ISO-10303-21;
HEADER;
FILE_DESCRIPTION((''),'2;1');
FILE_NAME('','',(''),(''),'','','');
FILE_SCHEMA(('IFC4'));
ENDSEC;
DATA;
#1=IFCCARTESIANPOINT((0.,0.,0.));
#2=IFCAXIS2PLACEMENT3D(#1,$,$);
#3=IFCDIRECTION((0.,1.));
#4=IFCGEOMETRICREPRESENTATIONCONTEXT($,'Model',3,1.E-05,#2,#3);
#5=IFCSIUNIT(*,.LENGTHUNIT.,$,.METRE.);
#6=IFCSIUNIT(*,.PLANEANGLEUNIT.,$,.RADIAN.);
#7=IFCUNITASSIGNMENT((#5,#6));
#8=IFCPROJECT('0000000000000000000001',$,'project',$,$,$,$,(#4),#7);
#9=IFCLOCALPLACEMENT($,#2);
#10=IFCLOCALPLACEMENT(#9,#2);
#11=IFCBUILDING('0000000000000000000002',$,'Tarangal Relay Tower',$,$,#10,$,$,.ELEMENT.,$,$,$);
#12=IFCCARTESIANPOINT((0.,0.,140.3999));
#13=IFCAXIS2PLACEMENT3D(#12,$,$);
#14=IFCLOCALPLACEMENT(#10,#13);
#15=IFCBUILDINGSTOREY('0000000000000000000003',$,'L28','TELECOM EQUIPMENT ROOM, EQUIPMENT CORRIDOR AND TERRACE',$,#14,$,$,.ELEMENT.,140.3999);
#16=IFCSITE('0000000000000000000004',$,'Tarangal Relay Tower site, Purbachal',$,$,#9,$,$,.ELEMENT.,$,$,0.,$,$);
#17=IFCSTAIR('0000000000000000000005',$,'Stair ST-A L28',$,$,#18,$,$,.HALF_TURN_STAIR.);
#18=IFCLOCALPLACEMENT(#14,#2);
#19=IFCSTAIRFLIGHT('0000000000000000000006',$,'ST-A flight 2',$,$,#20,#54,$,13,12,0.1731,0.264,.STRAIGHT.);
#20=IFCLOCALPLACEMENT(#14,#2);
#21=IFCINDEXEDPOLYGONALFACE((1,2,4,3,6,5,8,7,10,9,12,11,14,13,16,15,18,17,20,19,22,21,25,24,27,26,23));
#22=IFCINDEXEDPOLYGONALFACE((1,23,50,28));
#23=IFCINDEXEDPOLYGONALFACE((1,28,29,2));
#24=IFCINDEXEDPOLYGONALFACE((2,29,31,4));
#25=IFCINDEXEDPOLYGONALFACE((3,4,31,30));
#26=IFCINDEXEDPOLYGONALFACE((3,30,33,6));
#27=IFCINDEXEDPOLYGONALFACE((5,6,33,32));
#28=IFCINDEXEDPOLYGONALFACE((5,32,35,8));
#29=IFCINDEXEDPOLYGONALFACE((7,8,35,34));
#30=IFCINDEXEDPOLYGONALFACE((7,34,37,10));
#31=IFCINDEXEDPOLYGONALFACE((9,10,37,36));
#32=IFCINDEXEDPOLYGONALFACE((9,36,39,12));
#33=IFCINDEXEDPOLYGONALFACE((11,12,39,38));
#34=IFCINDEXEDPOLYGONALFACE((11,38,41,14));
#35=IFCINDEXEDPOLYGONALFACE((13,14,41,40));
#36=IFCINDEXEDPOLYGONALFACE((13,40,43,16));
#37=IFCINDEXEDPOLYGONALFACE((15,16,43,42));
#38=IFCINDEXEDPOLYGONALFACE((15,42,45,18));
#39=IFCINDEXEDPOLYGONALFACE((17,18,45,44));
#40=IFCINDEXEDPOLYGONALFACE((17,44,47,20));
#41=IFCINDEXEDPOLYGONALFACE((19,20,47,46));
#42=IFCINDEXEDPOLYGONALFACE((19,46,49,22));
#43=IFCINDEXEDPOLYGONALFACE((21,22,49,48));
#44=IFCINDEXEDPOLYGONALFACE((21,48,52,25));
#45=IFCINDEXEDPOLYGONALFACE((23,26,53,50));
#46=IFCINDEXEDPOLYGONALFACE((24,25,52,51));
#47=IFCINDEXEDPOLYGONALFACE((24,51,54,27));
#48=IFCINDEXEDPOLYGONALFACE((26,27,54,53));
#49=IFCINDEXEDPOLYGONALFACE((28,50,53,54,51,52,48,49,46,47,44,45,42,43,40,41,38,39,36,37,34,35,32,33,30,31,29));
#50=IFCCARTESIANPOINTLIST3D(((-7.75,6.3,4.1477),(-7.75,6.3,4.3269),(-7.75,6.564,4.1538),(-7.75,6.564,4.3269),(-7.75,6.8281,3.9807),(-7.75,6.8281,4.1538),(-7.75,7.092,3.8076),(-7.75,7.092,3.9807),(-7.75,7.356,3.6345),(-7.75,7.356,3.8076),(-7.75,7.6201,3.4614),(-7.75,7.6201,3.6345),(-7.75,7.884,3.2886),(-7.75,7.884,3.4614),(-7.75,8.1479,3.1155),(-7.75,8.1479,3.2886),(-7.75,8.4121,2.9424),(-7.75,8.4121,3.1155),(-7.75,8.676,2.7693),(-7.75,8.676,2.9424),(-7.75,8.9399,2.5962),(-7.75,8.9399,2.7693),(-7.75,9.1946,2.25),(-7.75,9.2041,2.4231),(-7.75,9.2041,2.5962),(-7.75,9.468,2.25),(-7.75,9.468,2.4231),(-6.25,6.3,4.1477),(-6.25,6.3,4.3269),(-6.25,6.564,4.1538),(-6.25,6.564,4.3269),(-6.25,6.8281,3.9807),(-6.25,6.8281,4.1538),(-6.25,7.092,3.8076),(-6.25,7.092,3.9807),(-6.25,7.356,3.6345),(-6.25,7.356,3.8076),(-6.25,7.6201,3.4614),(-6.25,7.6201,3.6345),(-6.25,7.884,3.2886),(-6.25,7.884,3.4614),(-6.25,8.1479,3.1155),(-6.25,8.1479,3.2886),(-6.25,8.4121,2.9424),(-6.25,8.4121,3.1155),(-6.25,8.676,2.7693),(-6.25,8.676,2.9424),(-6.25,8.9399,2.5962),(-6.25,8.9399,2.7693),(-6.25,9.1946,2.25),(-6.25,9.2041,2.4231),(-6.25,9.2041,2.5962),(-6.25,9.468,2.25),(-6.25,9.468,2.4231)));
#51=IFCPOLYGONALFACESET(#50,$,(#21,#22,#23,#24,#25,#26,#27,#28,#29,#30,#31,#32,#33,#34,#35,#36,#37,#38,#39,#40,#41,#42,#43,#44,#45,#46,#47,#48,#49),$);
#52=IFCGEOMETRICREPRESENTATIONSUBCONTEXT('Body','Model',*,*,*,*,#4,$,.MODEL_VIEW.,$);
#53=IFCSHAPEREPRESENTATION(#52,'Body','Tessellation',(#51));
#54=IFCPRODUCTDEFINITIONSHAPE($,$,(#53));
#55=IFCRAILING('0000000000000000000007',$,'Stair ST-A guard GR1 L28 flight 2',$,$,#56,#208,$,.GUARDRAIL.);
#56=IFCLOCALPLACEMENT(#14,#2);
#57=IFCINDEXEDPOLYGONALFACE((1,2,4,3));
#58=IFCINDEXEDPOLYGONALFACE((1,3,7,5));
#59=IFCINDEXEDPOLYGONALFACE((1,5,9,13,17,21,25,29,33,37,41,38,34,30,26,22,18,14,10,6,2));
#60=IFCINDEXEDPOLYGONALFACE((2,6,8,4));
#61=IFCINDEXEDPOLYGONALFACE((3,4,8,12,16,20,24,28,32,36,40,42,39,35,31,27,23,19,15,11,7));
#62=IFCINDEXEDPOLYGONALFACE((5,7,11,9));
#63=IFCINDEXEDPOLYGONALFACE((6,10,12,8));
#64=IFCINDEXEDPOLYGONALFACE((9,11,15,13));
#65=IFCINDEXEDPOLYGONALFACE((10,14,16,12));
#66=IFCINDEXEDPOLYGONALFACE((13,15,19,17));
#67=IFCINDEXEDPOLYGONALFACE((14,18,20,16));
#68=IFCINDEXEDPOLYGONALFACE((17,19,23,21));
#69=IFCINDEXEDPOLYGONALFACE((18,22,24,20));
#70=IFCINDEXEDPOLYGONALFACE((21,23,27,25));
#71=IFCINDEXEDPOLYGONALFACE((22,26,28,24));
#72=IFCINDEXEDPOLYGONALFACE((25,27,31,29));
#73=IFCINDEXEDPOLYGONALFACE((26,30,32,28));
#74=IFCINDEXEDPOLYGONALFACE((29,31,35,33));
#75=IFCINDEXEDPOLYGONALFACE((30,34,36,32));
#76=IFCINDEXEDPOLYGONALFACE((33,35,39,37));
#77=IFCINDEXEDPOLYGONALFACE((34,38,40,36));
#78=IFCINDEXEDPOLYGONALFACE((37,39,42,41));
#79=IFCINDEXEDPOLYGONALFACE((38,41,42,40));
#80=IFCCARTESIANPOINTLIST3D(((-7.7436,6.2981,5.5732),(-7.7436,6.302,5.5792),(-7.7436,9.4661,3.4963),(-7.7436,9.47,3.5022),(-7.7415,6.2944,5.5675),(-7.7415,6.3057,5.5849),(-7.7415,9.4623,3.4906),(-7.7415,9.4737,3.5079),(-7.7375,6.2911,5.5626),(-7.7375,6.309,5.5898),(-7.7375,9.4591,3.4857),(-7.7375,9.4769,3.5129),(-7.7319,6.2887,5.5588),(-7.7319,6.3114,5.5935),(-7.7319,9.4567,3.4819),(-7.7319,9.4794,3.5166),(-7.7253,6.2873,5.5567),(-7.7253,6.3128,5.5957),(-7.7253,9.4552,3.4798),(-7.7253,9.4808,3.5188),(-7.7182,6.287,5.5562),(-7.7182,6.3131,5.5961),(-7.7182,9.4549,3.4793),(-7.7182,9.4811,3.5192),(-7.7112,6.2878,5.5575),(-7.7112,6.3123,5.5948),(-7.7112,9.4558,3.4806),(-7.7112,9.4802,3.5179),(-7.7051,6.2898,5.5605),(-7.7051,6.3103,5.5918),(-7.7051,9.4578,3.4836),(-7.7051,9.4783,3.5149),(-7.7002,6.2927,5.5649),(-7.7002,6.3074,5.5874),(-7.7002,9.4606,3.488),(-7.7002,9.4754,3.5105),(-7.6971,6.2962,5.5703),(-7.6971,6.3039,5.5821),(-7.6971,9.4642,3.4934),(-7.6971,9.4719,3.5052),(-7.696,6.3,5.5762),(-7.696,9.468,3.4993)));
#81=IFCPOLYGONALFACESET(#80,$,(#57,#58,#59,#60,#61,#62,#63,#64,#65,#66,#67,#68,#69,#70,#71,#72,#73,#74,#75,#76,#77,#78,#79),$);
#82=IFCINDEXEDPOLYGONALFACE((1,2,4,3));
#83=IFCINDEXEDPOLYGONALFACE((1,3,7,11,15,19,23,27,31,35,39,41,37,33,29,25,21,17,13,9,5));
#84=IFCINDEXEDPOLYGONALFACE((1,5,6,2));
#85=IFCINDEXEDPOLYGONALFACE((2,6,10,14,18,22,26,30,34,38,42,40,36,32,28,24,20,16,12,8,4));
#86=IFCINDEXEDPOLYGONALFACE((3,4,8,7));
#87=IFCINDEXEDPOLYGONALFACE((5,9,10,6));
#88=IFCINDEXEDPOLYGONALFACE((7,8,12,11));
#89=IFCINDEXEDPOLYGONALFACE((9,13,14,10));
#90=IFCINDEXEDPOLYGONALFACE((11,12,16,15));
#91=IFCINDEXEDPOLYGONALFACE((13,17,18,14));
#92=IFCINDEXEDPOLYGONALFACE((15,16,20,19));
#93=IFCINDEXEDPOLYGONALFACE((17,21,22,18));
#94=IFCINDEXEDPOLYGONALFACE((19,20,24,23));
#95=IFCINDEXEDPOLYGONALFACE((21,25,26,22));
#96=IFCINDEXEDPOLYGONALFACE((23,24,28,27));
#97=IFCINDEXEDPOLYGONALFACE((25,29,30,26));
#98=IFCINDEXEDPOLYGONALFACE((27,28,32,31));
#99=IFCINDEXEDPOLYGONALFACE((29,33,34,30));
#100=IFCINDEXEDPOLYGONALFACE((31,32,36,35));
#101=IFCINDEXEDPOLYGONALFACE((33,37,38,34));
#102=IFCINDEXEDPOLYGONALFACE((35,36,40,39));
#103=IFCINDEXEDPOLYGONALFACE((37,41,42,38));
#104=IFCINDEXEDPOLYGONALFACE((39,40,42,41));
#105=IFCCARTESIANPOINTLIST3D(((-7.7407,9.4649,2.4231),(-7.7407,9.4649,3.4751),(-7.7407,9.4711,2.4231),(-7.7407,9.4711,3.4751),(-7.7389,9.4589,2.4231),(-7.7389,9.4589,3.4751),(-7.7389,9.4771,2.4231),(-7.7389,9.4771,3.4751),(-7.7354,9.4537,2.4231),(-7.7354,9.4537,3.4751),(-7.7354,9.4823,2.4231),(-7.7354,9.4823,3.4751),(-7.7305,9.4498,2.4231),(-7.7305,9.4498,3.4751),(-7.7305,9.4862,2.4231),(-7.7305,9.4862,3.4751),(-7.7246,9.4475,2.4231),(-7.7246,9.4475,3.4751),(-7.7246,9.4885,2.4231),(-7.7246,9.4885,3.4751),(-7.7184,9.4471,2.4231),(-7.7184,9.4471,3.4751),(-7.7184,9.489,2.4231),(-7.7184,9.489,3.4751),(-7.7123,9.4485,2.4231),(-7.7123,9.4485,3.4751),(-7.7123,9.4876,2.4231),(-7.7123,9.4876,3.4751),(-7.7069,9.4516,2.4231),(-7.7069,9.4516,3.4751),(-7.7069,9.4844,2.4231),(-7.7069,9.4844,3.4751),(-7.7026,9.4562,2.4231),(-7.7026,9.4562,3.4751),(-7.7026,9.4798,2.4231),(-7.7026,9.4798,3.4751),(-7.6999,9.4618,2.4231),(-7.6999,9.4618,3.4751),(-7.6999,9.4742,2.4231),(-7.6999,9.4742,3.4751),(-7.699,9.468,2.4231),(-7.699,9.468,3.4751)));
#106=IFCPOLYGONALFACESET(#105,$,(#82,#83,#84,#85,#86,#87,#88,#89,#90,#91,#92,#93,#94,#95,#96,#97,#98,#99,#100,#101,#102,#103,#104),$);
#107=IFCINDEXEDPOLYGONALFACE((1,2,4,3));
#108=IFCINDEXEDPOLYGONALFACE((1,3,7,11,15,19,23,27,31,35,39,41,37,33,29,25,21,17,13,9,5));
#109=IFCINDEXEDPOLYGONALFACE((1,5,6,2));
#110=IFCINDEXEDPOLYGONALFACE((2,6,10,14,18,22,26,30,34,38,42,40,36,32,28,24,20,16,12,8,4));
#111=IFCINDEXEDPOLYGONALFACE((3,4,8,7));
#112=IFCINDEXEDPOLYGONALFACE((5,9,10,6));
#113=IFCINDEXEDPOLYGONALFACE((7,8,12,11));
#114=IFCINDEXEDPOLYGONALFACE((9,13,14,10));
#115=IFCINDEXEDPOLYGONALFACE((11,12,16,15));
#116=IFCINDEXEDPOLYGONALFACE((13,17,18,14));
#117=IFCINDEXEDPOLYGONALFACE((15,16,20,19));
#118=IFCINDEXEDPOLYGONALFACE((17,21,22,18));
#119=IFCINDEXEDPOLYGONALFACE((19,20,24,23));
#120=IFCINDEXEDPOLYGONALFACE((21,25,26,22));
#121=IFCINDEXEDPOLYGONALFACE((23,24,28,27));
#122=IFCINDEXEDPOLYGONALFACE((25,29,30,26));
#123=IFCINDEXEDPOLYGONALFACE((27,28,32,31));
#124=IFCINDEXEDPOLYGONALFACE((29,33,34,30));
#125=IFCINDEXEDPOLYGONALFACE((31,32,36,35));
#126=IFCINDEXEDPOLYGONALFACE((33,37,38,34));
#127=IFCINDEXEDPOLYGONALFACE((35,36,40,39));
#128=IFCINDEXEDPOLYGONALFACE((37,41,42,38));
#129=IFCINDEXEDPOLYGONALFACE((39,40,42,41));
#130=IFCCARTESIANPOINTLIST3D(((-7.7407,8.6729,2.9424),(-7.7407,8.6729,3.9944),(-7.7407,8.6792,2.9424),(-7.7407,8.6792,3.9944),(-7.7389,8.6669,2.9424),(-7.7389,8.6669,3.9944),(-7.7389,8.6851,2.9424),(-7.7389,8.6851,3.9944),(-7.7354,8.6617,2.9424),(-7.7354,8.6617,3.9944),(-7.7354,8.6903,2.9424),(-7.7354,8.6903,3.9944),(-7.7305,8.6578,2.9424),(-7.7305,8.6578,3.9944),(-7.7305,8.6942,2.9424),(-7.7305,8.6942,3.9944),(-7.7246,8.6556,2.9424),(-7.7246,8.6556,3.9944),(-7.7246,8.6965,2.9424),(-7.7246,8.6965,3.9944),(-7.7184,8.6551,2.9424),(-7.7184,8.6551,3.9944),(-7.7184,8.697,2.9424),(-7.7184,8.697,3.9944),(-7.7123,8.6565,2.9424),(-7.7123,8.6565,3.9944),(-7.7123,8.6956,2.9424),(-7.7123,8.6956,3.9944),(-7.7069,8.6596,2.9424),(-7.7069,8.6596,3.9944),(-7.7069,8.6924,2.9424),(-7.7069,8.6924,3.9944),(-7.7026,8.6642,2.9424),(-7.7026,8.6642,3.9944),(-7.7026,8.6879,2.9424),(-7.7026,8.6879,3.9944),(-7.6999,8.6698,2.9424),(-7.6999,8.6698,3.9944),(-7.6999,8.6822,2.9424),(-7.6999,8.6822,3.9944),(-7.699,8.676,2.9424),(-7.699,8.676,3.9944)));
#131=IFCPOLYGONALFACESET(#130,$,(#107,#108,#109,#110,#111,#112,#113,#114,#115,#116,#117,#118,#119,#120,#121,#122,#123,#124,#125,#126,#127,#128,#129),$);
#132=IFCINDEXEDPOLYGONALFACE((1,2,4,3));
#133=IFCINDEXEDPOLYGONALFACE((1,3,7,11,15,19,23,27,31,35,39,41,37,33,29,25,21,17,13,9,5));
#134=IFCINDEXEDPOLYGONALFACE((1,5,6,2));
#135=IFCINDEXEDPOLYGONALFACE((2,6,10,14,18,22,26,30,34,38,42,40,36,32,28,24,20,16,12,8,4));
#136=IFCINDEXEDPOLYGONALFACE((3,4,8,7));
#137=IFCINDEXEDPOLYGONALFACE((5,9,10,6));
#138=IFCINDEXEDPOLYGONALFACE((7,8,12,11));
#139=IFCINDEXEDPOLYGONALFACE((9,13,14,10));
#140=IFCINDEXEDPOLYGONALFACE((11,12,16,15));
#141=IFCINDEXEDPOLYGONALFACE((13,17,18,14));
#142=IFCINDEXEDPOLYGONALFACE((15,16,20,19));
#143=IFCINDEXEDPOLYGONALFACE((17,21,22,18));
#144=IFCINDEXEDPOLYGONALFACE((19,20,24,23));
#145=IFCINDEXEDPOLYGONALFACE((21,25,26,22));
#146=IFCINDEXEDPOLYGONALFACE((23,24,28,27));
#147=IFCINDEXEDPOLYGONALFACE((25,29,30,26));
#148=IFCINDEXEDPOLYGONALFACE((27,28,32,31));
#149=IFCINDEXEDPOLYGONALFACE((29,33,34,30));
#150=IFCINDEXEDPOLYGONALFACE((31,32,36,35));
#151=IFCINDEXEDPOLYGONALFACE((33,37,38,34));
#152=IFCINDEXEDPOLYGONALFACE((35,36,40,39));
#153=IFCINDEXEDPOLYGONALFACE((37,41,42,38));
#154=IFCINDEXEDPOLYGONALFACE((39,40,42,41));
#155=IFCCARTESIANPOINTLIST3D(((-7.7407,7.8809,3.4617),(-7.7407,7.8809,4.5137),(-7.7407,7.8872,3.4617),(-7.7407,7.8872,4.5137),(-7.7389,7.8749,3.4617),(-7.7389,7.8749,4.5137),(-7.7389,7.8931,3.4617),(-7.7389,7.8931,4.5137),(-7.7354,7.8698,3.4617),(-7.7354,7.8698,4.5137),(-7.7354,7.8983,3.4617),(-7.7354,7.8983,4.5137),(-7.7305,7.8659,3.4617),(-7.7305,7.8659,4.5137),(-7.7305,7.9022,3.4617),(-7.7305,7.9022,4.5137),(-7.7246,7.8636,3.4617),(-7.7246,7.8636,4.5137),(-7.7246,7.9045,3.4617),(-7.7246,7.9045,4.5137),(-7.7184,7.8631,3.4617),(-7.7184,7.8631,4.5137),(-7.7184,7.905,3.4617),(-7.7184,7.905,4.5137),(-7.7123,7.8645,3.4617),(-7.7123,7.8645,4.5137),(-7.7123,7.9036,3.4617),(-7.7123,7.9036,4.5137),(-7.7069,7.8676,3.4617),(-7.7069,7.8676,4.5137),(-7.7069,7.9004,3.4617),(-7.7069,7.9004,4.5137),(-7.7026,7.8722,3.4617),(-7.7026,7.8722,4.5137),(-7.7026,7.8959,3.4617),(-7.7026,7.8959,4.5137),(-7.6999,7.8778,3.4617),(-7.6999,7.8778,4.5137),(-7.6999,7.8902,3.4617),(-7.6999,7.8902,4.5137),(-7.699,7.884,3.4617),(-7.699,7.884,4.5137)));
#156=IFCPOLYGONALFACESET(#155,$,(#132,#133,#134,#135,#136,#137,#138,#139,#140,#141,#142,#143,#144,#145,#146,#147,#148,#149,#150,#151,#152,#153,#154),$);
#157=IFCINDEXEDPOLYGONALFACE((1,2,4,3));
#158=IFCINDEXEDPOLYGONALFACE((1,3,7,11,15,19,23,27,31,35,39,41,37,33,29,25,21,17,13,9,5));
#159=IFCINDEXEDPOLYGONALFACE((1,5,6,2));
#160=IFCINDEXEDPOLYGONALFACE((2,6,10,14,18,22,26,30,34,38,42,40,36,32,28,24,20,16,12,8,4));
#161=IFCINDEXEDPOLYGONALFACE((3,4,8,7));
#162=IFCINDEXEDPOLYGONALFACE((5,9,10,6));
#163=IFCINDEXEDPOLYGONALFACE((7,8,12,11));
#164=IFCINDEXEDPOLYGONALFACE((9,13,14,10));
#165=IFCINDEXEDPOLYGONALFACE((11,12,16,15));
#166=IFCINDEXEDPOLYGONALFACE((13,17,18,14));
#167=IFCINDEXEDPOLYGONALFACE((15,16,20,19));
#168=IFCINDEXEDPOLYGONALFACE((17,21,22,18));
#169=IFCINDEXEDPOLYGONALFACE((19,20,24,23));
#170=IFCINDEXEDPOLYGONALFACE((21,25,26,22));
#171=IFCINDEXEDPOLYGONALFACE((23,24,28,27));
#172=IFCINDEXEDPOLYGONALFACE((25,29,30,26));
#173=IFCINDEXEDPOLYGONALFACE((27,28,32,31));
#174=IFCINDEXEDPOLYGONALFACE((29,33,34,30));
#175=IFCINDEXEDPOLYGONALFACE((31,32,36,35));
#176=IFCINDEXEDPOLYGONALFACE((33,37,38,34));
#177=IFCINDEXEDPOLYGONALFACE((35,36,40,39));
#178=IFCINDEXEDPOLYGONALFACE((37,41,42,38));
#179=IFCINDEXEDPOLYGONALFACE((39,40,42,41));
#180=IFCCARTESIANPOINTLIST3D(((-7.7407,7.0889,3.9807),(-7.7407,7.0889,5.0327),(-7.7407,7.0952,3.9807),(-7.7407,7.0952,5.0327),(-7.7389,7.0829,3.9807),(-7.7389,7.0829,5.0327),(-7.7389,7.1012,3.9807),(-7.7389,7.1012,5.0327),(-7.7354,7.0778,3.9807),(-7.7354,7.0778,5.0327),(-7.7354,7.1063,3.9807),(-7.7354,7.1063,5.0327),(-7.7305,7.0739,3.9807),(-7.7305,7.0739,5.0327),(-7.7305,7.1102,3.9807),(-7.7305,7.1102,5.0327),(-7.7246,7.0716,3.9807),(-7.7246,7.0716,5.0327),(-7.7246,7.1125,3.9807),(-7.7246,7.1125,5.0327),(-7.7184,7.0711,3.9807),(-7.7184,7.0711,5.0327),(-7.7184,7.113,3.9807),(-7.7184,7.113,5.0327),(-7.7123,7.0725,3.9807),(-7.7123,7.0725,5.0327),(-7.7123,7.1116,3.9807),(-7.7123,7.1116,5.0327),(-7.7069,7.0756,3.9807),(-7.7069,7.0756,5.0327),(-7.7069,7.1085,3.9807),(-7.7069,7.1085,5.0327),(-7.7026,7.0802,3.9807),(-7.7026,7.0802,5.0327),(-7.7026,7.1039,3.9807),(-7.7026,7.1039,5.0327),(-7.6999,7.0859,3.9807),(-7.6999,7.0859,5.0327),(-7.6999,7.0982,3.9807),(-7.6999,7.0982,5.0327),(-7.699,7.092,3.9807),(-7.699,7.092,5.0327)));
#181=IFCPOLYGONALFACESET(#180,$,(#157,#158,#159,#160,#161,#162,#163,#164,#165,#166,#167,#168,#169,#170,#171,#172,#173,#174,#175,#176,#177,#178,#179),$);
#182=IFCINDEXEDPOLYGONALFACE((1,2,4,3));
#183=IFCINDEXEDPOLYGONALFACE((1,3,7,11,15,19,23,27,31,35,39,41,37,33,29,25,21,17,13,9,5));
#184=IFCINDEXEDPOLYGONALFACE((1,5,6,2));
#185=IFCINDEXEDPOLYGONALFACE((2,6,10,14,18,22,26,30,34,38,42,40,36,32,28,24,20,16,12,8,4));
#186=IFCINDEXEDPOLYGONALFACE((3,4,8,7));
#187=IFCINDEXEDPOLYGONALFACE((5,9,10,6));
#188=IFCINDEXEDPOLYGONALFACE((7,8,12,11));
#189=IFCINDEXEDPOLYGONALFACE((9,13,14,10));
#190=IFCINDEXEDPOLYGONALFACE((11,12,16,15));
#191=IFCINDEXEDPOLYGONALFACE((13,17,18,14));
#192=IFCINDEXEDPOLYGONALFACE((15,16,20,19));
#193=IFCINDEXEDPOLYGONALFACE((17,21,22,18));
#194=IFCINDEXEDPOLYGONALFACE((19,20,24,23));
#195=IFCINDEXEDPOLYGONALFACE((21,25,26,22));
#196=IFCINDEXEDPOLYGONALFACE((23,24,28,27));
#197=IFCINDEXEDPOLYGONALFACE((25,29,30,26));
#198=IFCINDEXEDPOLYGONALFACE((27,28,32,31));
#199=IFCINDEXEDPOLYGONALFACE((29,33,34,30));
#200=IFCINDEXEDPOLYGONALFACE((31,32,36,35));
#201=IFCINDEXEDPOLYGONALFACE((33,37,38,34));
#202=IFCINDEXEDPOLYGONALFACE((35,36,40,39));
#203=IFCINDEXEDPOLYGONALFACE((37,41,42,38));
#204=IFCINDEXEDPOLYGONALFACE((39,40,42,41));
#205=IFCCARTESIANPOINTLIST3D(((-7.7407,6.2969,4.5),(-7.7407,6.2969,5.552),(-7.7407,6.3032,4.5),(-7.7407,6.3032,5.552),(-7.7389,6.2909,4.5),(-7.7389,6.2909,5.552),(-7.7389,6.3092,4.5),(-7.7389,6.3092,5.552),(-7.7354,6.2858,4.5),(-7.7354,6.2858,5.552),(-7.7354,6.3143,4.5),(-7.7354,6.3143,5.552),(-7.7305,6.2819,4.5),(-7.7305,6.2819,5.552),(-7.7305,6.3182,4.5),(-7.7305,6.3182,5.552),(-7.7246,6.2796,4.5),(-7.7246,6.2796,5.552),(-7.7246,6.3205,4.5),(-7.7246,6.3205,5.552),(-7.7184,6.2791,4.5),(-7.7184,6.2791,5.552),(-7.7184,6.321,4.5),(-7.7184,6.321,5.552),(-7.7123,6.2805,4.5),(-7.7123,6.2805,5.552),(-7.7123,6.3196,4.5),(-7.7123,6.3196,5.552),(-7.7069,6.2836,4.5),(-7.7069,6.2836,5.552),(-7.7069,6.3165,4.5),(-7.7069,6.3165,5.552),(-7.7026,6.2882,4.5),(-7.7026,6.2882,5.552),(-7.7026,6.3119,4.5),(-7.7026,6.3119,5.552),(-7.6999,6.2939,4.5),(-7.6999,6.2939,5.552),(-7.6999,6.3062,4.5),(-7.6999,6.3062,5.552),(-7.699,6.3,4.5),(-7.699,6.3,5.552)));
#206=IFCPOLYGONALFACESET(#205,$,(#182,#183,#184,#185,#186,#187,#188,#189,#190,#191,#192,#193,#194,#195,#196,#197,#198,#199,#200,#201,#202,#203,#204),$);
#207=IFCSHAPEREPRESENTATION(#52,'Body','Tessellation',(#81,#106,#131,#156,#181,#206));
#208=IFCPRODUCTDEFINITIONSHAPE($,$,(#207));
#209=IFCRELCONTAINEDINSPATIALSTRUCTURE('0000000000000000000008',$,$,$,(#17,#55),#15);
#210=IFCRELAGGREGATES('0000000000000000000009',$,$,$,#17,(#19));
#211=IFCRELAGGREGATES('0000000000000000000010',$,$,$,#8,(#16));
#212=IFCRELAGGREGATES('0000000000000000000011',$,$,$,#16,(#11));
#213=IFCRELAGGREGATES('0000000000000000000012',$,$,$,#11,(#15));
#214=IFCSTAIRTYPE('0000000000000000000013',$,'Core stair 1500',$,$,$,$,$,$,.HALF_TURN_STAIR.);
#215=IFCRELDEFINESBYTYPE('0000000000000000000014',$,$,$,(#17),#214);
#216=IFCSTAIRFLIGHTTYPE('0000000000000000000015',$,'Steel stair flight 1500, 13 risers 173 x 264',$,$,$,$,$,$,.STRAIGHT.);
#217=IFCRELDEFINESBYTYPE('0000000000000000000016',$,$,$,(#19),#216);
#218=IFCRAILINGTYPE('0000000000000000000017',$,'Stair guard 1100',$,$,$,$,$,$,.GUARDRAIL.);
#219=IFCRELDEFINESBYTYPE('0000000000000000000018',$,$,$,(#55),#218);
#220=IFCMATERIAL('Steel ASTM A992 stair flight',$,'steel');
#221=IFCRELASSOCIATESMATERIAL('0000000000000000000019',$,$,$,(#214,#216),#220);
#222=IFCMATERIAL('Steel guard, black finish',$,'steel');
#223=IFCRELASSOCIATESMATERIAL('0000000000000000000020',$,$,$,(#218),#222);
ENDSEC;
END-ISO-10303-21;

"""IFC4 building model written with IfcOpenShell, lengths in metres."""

from ifc_helpers import new_model, si_unit, direction, frame, origin, origin_2d, place, context, subcontext, project, spatial, polyline, circle, outline, extrude, material, type_object, element, aggregate, save


model = new_model("IFC4")

# Units and contexts
model_context = context("Model", 3, precision=1e-05, world=origin(), true_north=direction((0.0, 1.0)))
body_context = subcontext(model_context, "Body", "Model", "MODEL_VIEW")
ifc_project = project(units=[si_unit("LENGTHUNIT", "METRE"), si_unit("PLANEANGLEUNIT", "RADIAN")], contexts=[model_context])

# Site, building, storey
site_placement = place(None, origin())
site = spatial("IfcSite", under=ifc_project, at=site_placement, Name="Tarangal Relay Tower site, Purbachal", CompositionType="ELEMENT", RefElevation=0.0)
building_placement = place(site_placement, origin())
building = spatial("IfcBuilding", under=site, at=building_placement, Name="Tarangal Relay Tower", CompositionType="ELEMENT")
storey_placement = place(building_placement, frame((0.0, 0.0, 140.3999)))
storey = spatial("IfcBuildingStorey", under=building, at=storey_placement, Name="L28", Description="TELECOM EQUIPMENT ROOM, EQUIPMENT CORRIDOR AND TERRACE", CompositionType="ELEMENT", Elevation=140.3999)

# Stair, stair flight
ifc_material_1 = material(Name="Steel ASTM A992 stair flight", Category="steel")
stair_type = type_object("IfcStairType", Name="Core stair 1500", PredefinedType="HALF_TURN_STAIR", material=ifc_material_1)
stair_placement = place(storey_placement, origin())
stair = element("IfcStair", 1, at=stair_placement, inside=storey, type_object=stair_type, Name="Stair ST-A L28", PredefinedType="HALF_TURN_STAIR")
stair_flight_type = type_object("IfcStairFlightType", Name="Steel stair flight 1500, 13 risers 173 x 264", PredefinedType="STRAIGHT", material=ifc_material_1)
stair_flight_placement = place(storey_placement, frame((-7.0, 9.468, 2.25), z_axis=(0.0, 0.0, 1.0), x_axis=(0.0, -1.0, 0.0)))
stair_flight = element("IfcStairFlight", 2, at=stair_flight_placement, type_object=stair_flight_type, Name="ST-A flight 2", NumberOfRisers=13, NumberOfTreads=12, PredefinedType="STRAIGHT", RiserHeight=0.1731, TreadLength=0.264, context=body_context, shape_type="SweptSolid", body=[
    extrude(outline(polyline([(0.0, 0.0), (0.0, 0.1731), (0.2639, 0.1731), (0.2639, 0.3462), (0.5281, 0.3462), (0.5281, 0.5193), (0.792, 0.5193), (0.792, 0.6924), (1.0559, 0.6924), (1.0559, 0.8655), (1.3201, 0.8655), (1.3201, 1.0386), (1.584, 1.0386), (1.584, 1.2114), (1.8479, 1.2114), (1.8479, 1.3845), (2.1121, 1.3845), (2.1121, 1.5576), (2.376, 1.5576), (2.376, 1.7307), (2.6399, 1.7307), (2.6399, 1.9038), (2.9041, 1.9038), (2.9041, 2.0769), (3.168, 2.0769), (3.168, 2.25), (3.168, 1.8977), (0.2734, 0.0), (0.0, 0.0)])), frame((0.0, 0.75, 0.0), z_axis=(0.0, -1.0, 0.0), x_axis=(1.0, 0.0, 0.0)), (0.0, 0.0, 1.0), 1.5),
])
aggregate(stair, [stair_flight])

# Railing
ifc_material_2 = material(Name="Steel guard, black finish", Category="steel")
railing_type_1 = type_object("IfcRailingType", Name="Stair guard 1100", PredefinedType="GUARDRAIL", material=ifc_material_2)
railing_1_placement = place(storey_placement, frame((-7.72, 9.468, 2.4231)))
element("IfcRailing", 3, at=railing_1_placement, inside=storey, type_object=railing_type_1, Name="Stair ST-A guard GR1 L28 flight 2", PredefinedType="GUARDRAIL", context=body_context, shape_type="SweptSolid", body=[
    extrude(circle(Radius=0.0239, at=origin_2d()), frame((0.0, 0.0, 1.0762), z_axis=(0.0, -0.836299, 0.548273), x_axis=(1.0, 0.0, 0.0)), (0.0, 0.0, 1.0), 3.7881),
    extrude(circle(Radius=0.021, at=origin_2d()), origin(), (0.0, 0.0, 1.0), 1.052),
    extrude(circle(Radius=0.021, at=origin_2d()), frame((0.0, -0.792, 0.5193)), (0.0, 0.0, 1.0), 1.052),
    extrude(circle(Radius=0.021, at=origin_2d()), frame((0.0, -1.584, 1.0386)), (0.0, 0.0, 1.0), 1.052),
    extrude(circle(Radius=0.021, at=origin_2d()), frame((0.0, -2.376, 1.5576)), (0.0, 0.0, 1.0), 1.052),
    extrude(circle(Radius=0.021, at=origin_2d()), frame((0.0, -3.168, 2.0769)), (0.0, 0.0, 1.0), 1.052),
])

save(model, "model.ifc")
